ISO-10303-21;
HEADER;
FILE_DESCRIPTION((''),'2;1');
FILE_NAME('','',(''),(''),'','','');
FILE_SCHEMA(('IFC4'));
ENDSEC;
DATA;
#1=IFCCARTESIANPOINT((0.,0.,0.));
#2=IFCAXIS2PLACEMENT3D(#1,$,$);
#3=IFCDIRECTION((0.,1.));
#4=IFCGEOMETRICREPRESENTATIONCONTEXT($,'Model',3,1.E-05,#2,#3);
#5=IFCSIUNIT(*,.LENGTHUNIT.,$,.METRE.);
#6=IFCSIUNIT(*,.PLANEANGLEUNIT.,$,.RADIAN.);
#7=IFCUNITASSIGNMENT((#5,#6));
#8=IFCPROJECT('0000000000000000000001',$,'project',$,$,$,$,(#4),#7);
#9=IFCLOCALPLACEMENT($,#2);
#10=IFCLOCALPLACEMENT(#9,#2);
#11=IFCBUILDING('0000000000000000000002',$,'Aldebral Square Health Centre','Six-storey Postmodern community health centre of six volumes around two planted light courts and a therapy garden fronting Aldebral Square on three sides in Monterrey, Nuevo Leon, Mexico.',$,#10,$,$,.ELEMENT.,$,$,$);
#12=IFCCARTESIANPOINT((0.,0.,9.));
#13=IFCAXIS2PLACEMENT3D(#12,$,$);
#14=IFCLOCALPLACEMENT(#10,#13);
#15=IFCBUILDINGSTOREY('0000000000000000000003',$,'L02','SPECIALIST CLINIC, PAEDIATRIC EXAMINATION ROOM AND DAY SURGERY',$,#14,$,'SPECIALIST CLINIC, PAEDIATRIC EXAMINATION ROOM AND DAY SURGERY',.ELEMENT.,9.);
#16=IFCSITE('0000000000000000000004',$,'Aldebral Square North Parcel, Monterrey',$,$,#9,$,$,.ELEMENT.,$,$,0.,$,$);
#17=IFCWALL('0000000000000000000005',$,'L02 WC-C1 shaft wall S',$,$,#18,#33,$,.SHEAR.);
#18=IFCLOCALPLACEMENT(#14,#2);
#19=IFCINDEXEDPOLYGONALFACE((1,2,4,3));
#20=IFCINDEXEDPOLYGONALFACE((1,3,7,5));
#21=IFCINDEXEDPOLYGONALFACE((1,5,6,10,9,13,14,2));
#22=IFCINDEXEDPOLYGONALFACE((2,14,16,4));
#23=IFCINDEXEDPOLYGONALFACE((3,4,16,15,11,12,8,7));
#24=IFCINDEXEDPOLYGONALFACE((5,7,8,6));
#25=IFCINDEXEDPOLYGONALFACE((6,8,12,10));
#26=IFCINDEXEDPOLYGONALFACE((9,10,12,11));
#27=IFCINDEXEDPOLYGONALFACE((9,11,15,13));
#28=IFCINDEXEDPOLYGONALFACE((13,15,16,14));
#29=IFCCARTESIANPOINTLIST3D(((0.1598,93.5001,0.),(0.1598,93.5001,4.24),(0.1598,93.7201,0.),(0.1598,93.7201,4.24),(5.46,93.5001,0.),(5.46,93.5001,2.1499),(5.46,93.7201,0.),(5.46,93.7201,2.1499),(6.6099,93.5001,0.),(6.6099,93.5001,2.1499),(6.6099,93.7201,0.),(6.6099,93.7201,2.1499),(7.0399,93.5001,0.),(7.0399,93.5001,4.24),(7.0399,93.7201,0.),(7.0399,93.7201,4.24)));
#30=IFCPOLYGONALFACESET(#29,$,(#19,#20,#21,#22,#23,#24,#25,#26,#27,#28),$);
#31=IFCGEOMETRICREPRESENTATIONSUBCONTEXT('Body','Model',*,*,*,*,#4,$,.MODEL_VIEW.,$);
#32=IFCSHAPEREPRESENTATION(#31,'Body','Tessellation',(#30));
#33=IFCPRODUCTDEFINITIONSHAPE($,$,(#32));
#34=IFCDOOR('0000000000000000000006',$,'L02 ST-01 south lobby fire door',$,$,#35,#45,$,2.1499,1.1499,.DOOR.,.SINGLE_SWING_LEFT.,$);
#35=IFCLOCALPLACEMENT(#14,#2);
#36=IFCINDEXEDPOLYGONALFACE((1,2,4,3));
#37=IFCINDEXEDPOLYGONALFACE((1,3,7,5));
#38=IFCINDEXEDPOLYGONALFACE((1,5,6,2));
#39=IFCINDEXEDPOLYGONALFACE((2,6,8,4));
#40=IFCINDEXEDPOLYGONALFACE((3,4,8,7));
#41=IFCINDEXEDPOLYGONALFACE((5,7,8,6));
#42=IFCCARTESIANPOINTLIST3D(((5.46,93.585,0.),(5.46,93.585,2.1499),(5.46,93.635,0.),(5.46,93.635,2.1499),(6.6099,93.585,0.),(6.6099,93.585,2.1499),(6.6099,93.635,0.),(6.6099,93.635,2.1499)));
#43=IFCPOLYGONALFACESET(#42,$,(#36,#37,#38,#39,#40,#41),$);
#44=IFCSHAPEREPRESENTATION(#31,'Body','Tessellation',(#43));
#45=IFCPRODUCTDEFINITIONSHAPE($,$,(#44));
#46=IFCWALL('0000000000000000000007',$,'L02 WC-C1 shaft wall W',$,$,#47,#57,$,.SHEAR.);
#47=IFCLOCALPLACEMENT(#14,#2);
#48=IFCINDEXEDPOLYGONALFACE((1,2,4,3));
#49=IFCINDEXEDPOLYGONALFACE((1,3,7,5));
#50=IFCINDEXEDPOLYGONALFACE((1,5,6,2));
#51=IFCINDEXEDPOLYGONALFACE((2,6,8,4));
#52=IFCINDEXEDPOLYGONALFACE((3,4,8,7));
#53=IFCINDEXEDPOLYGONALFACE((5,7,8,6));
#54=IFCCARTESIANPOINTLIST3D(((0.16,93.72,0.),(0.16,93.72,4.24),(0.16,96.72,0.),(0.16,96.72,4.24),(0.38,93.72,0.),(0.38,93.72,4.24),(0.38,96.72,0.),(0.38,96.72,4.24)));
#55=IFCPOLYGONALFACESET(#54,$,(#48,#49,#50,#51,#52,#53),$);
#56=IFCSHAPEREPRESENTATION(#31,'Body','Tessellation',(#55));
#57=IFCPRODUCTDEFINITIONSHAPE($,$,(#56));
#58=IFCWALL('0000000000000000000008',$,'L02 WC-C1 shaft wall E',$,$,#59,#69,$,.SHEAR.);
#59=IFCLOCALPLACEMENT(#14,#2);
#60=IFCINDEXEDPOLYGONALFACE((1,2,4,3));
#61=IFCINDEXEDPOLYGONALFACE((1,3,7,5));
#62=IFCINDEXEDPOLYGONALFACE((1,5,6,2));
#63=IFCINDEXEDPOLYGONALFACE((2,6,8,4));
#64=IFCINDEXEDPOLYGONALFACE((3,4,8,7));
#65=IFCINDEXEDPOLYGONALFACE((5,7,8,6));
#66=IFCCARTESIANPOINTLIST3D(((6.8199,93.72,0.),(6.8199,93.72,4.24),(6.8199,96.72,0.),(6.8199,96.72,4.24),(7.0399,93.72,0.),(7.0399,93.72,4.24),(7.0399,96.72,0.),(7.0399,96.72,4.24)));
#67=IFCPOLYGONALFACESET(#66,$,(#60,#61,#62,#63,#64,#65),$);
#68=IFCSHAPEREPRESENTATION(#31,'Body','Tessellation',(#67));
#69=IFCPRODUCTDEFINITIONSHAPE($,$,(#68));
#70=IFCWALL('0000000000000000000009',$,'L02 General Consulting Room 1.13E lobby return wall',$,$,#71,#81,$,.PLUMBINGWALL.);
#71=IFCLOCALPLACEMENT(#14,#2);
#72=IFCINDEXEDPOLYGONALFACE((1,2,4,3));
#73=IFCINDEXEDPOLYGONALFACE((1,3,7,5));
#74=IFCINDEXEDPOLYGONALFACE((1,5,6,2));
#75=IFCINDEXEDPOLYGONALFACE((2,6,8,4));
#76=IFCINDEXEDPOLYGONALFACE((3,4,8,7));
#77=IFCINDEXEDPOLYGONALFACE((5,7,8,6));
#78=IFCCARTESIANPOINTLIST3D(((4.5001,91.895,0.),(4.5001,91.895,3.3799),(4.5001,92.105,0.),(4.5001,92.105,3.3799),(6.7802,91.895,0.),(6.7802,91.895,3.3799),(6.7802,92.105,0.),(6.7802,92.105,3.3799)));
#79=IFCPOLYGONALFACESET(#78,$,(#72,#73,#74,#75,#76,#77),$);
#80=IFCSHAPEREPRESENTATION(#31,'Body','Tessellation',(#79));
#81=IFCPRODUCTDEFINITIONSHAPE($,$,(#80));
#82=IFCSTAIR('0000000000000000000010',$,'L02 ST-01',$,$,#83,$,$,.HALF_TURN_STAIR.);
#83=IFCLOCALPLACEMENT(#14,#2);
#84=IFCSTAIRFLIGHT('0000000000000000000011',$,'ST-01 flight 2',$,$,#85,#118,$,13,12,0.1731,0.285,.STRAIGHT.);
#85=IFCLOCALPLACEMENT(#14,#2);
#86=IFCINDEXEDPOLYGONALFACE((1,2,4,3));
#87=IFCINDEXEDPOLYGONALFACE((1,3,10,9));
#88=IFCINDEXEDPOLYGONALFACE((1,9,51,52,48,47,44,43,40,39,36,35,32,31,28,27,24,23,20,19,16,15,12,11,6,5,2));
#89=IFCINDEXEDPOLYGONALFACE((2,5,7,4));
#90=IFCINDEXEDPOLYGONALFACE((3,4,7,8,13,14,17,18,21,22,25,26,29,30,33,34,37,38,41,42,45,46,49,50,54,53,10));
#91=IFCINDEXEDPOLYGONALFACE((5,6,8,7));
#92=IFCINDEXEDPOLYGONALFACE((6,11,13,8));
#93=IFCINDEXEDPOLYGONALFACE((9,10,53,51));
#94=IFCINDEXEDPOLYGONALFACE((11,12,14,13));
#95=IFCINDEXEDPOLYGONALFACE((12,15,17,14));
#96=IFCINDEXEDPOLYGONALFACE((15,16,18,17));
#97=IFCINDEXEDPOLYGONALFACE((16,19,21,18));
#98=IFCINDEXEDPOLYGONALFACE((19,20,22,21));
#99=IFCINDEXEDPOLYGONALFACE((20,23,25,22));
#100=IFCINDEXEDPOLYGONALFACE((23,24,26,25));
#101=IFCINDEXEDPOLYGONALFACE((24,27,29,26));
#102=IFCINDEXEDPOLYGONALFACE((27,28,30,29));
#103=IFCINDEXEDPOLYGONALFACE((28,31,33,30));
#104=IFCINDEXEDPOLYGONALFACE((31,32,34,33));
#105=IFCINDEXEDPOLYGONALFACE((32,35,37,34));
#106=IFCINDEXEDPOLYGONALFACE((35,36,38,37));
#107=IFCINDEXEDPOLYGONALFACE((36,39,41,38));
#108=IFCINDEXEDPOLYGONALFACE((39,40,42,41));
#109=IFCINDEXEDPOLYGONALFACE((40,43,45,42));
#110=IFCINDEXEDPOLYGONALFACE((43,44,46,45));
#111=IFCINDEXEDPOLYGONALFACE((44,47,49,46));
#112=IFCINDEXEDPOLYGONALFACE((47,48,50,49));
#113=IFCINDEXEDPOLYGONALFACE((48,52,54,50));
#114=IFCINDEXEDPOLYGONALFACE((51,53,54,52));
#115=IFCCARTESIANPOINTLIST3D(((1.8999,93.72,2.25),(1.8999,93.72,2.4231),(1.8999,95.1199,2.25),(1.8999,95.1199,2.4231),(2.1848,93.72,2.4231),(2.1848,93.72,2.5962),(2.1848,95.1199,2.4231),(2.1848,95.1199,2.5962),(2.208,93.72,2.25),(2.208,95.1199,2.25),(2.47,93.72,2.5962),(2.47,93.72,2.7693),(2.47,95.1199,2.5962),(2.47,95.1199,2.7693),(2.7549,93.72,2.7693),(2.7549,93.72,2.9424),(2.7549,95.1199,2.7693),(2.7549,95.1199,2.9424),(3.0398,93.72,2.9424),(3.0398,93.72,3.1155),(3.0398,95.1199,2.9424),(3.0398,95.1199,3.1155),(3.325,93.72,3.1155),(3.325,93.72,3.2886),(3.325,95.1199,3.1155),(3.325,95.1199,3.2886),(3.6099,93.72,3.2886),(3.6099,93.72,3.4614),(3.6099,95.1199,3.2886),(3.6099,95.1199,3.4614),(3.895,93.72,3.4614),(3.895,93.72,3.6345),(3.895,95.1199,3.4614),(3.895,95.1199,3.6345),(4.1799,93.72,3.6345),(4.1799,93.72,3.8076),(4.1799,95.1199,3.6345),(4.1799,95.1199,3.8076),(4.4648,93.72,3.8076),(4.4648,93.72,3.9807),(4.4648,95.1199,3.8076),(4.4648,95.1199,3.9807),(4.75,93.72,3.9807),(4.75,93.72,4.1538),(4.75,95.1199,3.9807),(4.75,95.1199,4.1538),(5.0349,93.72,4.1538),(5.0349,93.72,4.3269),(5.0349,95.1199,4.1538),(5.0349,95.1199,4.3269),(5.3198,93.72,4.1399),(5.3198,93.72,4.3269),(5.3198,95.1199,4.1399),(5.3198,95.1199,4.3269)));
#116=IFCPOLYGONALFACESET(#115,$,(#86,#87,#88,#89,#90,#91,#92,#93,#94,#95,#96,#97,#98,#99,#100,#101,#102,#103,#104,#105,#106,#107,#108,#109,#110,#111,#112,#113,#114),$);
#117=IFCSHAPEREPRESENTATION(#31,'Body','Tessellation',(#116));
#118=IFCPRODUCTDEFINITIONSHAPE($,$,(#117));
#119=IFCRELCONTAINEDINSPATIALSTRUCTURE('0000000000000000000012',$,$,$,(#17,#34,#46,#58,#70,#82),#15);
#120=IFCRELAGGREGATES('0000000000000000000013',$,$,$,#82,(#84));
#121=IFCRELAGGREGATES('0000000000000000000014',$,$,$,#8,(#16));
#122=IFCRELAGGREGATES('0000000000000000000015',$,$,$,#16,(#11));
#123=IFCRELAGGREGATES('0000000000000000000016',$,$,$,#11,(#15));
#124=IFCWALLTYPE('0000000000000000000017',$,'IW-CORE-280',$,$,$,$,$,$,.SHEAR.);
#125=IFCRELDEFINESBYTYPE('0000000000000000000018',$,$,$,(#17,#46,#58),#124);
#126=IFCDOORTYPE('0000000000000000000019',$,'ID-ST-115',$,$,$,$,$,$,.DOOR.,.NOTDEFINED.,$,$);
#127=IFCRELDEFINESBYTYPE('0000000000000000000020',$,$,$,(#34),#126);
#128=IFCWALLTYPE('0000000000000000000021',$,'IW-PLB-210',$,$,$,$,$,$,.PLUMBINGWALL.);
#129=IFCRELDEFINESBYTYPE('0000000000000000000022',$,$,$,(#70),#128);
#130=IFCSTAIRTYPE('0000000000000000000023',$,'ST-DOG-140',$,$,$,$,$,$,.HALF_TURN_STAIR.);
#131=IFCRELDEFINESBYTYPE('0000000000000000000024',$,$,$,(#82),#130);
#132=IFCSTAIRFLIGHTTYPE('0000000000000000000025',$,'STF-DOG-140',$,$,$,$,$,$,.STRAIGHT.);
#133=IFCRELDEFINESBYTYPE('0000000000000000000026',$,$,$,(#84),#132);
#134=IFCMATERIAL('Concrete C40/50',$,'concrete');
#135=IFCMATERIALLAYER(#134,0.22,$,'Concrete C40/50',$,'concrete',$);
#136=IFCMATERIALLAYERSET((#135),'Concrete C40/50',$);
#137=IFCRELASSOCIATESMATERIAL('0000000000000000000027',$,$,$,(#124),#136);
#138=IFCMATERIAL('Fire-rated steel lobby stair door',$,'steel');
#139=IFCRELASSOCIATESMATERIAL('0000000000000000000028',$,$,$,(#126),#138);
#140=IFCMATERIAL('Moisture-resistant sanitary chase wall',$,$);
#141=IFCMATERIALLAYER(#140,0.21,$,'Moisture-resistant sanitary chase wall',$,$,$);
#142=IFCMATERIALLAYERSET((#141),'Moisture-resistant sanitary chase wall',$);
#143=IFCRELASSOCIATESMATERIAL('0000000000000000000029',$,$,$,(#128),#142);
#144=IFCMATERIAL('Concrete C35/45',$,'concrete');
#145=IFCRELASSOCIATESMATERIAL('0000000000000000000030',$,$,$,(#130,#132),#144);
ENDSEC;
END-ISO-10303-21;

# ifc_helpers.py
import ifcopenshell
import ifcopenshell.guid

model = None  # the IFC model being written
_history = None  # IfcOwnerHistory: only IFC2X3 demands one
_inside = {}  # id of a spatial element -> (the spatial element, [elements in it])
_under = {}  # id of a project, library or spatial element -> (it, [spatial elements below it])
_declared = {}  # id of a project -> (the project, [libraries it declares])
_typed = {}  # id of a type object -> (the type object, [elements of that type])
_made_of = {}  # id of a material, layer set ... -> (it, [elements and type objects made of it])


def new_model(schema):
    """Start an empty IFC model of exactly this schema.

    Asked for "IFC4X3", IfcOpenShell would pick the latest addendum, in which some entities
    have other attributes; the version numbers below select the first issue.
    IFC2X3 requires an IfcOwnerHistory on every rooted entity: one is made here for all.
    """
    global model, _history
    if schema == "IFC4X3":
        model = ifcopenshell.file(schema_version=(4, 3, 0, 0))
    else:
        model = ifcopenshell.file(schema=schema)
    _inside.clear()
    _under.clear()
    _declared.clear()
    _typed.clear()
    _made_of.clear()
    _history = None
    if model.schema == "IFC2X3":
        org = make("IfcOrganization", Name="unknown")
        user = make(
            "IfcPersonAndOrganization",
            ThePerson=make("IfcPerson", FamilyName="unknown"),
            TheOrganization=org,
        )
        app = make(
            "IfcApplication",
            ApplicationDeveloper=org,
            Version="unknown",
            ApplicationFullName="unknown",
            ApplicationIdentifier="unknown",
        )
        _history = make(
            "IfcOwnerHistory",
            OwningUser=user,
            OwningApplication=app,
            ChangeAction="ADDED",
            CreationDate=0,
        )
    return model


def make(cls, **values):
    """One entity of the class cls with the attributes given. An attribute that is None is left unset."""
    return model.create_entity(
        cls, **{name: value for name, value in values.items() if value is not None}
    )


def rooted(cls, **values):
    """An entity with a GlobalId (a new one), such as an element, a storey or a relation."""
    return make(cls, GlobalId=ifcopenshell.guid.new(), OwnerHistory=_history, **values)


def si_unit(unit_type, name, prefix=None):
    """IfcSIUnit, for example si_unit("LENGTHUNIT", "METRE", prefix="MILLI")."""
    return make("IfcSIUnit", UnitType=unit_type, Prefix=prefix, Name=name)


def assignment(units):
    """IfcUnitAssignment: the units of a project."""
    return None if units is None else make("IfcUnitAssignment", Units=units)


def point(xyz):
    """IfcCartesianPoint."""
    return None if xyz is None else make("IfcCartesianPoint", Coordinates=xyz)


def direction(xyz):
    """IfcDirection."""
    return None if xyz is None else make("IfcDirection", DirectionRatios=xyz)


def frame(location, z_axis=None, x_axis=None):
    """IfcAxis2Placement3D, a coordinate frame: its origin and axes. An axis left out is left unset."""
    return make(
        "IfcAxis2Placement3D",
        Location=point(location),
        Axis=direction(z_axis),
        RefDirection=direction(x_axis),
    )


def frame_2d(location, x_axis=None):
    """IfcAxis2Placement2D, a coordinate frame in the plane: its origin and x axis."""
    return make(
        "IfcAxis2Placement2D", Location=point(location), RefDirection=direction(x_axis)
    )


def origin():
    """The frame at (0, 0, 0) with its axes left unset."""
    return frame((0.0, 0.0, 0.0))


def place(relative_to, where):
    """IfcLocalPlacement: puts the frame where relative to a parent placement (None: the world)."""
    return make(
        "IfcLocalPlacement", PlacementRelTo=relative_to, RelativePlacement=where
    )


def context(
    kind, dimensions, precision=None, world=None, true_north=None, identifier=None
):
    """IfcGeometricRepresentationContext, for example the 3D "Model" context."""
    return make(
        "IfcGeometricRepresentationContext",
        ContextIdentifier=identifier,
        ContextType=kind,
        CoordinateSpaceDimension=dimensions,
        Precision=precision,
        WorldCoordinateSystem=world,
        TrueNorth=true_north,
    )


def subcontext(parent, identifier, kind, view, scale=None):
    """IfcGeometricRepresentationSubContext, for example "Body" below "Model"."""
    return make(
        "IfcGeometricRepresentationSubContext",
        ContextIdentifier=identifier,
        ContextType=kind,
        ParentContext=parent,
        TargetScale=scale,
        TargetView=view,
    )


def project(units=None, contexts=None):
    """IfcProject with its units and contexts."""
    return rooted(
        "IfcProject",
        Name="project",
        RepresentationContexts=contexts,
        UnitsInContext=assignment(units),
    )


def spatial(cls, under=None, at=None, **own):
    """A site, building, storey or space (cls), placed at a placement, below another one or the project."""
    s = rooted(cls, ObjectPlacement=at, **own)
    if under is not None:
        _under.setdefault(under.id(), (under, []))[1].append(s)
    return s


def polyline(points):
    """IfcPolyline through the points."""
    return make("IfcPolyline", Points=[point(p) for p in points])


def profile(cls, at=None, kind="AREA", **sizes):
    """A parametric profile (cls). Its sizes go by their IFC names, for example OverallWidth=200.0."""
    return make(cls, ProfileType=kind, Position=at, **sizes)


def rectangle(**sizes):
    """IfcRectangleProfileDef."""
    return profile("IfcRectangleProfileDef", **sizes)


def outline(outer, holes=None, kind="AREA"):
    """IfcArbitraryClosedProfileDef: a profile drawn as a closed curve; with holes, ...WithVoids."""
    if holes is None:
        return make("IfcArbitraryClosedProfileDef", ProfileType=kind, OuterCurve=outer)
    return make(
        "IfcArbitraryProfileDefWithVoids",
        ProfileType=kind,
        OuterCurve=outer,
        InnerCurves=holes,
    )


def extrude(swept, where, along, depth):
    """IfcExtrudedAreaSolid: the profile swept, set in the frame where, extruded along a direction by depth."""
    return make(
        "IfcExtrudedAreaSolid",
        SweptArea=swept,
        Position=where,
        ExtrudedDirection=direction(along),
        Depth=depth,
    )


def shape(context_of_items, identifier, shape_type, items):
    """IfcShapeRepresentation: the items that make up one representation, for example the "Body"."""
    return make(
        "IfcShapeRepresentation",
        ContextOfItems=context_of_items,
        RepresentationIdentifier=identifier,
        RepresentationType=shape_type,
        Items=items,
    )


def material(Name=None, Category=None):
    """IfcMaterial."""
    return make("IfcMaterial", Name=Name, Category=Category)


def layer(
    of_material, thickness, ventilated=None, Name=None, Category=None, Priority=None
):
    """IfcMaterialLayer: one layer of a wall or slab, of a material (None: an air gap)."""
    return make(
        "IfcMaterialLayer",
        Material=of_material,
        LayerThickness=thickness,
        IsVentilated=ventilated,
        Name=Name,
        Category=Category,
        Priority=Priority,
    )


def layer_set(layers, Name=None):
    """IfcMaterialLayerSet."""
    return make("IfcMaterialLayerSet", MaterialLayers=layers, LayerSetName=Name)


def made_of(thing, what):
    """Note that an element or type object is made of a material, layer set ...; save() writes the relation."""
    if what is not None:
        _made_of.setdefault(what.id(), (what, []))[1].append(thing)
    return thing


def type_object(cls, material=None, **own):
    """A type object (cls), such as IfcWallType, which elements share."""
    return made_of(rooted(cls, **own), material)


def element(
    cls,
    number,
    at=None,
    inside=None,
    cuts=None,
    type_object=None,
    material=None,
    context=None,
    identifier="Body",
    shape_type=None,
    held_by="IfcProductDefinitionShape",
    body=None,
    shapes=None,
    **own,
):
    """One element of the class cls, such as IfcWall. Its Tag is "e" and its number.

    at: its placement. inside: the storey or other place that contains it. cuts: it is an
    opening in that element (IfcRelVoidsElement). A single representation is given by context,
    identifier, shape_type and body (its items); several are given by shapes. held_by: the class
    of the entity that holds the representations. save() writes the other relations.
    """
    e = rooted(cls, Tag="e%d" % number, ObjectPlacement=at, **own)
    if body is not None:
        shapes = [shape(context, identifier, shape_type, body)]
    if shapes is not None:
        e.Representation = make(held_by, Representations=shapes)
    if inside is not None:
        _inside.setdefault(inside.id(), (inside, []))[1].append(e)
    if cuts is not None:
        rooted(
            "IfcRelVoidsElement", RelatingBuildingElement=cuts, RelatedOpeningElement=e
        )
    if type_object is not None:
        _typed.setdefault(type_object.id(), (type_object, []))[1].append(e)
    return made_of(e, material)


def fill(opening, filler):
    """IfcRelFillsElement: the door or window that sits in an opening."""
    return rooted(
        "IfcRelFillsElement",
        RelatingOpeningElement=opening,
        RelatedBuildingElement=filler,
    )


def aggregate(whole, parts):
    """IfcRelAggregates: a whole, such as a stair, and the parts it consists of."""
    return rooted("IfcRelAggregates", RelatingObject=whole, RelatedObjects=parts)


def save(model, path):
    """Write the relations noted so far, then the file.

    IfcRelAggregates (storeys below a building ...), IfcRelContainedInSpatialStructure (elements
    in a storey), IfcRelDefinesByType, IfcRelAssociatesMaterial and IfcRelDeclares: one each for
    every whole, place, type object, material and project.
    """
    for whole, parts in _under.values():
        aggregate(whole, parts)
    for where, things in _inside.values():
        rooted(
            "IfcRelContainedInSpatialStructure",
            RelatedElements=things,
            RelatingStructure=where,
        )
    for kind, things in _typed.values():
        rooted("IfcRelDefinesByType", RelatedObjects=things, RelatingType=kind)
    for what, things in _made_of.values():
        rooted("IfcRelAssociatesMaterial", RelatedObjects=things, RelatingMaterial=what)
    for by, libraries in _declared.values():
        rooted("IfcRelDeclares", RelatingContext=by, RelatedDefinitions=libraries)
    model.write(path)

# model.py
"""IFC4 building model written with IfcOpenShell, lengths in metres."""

from ifc_helpers import new_model, si_unit, direction, frame, frame_2d, origin, place, context, subcontext, project, spatial, polyline, rectangle, outline, extrude, material, layer, layer_set, type_object, element, fill, aggregate, save


model = new_model("IFC4")

# Units and contexts
model_context = context("Model", 3, precision=1e-05, world=origin(), true_north=direction((0.0, 1.0)))
body_context = subcontext(model_context, "Body", "Model", "MODEL_VIEW")
ifc_project = project(units=[si_unit("LENGTHUNIT", "METRE"), si_unit("PLANEANGLEUNIT", "RADIAN")], contexts=[model_context])

# Site, building, storey
site_placement = place(None, origin())
site = spatial("IfcSite", under=ifc_project, at=site_placement, Name="Aldebral Square North Parcel, Monterrey", CompositionType="ELEMENT", RefElevation=0.0)
building_placement = place(site_placement, origin())
building = spatial("IfcBuilding", under=site, at=building_placement, Name="Aldebral Square Health Centre", Description="Six-storey Postmodern community health centre of six volumes around two planted light courts and a therapy garden fronting Aldebral Square on three sides in Monterrey, Nuevo Leon, Mexico.", CompositionType="ELEMENT")
storey_placement = place(building_placement, frame((0.0, 0.0, 9.0)))
storey = spatial("IfcBuildingStorey", under=building, at=storey_placement, Name="L02", Description="SPECIALIST CLINIC, PAEDIATRIC EXAMINATION ROOM AND DAY SURGERY", LongName="SPECIALIST CLINIC, PAEDIATRIC EXAMINATION ROOM AND DAY SURGERY", CompositionType="ELEMENT", Elevation=9.0)

# Shared definitions
ifc_material_1 = material(Name="Concrete C40/50", Category="concrete")

# Wall, opening, door
ifc_layer_1 = layer(ifc_material_1, 0.22, Name="Concrete C40/50", Category="concrete")
ifc_layer_set_1 = layer_set([ifc_layer_1], Name="Concrete C40/50")
wall_type_1 = type_object("IfcWallType", Name="IW-CORE-280", PredefinedType="SHEAR", material=ifc_layer_set_1)
wall_1_placement = place(storey_placement, frame((0.1599, 93.6101, 0.0), z_axis=(0.0, 0.0, 1.0), x_axis=(1.0, 0.0, 0.0)))
wall_1 = element("IfcWall", 1, at=wall_1_placement, inside=storey, type_object=wall_type_1, Name="L02 WC-C1 shaft wall S", PredefinedType="SHEAR", context=body_context, shape_type="SweptSolid", body=[
    extrude(rectangle(XDim=6.8801, YDim=0.22, at=frame_2d((3.4399, 0.0))), origin(), (0.0, 0.0, 1.0), 4.24),
])
opening_placement = place(wall_1_placement, frame((5.3, 0.0, 0.0)))
opening = element("IfcOpeningElement", 2, at=opening_placement, cuts=wall_1, PredefinedType="OPENING", context=body_context, shape_type="SweptSolid", body=[
    extrude(rectangle(XDim=1.1499, YDim=2.1499, at=frame_2d((0.575, 1.075))), frame((0.0, 0.1201, 0.0), z_axis=(0.0, -1.0, 0.0), x_axis=(1.0, 0.0, 0.0)), (0.0, 0.0, 1.0), 0.24),
])
ifc_material_2 = material(Name="Fire-rated steel lobby stair door", Category="steel")
door_type = type_object("IfcDoorType", Name="ID-ST-115", OperationType="NOTDEFINED", PredefinedType="DOOR", material=ifc_material_2)
door_placement = place(opening_placement, origin())
door = element("IfcDoor", 3, at=door_placement, inside=storey, type_object=door_type, Name="L02 ST-01 south lobby fire door", OperationType="SINGLE_SWING_LEFT", OverallHeight=2.1499, OverallWidth=1.1499, PredefinedType="DOOR", context=body_context, shape_type="SweptSolid", body=[
    extrude(rectangle(XDim=1.1499, YDim=2.1499, at=frame_2d((0.575, 1.075))), frame((0.0, 0.0249, 0.0), z_axis=(0.0, -1.0, 0.0), x_axis=(1.0, 0.0, 0.0)), (0.0, 0.0, 1.0), 0.05),
])
fill(opening, door)

# Walls
for number, where, z_axis, x_axis, name in (
    (4, (0.27, 93.72, 0.0), (0.0, 0.0, 1.0), (0.0, 1.0, 0.0), "L02 WC-C1 shaft wall W"),
    (5, (6.9299, 93.72, 0.0), (0.0, 0.0, 1.0), (0.0, 1.0, 0.0), "L02 WC-C1 shaft wall E"),
):
    element("IfcWall", number, at=place(storey_placement, frame(where, z_axis=z_axis, x_axis=x_axis)), inside=storey, type_object=wall_type_1, Name=name, PredefinedType="SHEAR", context=body_context, shape_type="SweptSolid", body=[
        extrude(rectangle(XDim=3.0, YDim=0.22, at=frame_2d((1.5, 0.0))), origin(), (0.0, 0.0, 1.0), 4.24),
    ])
ifc_material_3 = material(Name="Moisture-resistant sanitary chase wall")
ifc_layer_2 = layer(ifc_material_3, 0.21, Name="Moisture-resistant sanitary chase wall")
ifc_layer_set_2 = layer_set([ifc_layer_2], Name="Moisture-resistant sanitary chase wall")
wall_type_2 = type_object("IfcWallType", Name="IW-PLB-210", PredefinedType="PLUMBINGWALL", material=ifc_layer_set_2)
wall_2_placement = place(storey_placement, frame((4.5, 92.0, 0.0), z_axis=(0.0, 0.0, 1.0), x_axis=(1.0, 0.0, 0.0)))
element("IfcWall", 6, at=wall_2_placement, inside=storey, type_object=wall_type_2, Name="L02 General Consulting Room 1.13E lobby return wall", PredefinedType="PLUMBINGWALL", context=body_context, shape_type="SweptSolid", body=[
    extrude(rectangle(XDim=2.28, YDim=0.21, at=frame_2d((1.1401, 0.0))), origin(), (0.0, 0.0, 1.0), 3.3799),
])

# Stair, stair flight
ifc_material_4 = material(Name="Concrete C35/45", Category="concrete")
stair_type = type_object("IfcStairType", Name="ST-DOG-140", PredefinedType="HALF_TURN_STAIR", material=ifc_material_4)
stair_placement = place(storey_placement, origin())
stair = element("IfcStair", 7, at=stair_placement, inside=storey, type_object=stair_type, Name="L02 ST-01", PredefinedType="HALF_TURN_STAIR")
stair_flight_type = type_object("IfcStairFlightType", Name="STF-DOG-140", PredefinedType="STRAIGHT", material=ifc_material_4)
stair_flight_placement = place(storey_placement, frame((1.8999, 94.4199, 2.25), z_axis=(0.0, 0.0, 1.0), x_axis=(1.0, 0.0, 0.0)))
stair_flight = element("IfcStairFlight", 8, at=stair_flight_placement, type_object=stair_flight_type, Name="ST-01 flight 2", NumberOfRisers=13, NumberOfTreads=12, PredefinedType="STRAIGHT", RiserHeight=0.1731, TreadLength=0.285, context=body_context, shape_type="SweptSolid", body=[
    extrude(outline(polyline([(0.0, 0.0), (0.0, 0.1731), (0.2849, 0.1731), (0.2849, 0.3462), (0.5701, 0.3462), (0.5701, 0.5193), (0.855, 0.5193), (0.855, 0.6924), (1.1399, 0.6924), (1.1399, 0.8655), (1.425, 0.8655), (1.425, 1.0386), (1.71, 1.0386), (1.71, 1.2114), (1.9951, 1.2114), (1.9951, 1.3845), (2.28, 1.3845), (2.28, 1.5576), (2.5649, 1.5576), (2.5649, 1.7307), (2.8501, 1.7307), (2.8501, 1.9038), (3.135, 1.9038), (3.135, 2.0769), (3.4199, 2.0769), (3.4199, 2.25), (3.4199, 1.8899), (0.3081, 0.0), (0.0, 0.0)])), frame((0.0, 0.7, 0.0), z_axis=(0.0, -1.0, 0.0), x_axis=(1.0, 0.0, 0.0)), (0.0, 0.0, 1.0), 1.3999),
])
aggregate(stair, [stair_flight])

save(model, "model.ifc")
